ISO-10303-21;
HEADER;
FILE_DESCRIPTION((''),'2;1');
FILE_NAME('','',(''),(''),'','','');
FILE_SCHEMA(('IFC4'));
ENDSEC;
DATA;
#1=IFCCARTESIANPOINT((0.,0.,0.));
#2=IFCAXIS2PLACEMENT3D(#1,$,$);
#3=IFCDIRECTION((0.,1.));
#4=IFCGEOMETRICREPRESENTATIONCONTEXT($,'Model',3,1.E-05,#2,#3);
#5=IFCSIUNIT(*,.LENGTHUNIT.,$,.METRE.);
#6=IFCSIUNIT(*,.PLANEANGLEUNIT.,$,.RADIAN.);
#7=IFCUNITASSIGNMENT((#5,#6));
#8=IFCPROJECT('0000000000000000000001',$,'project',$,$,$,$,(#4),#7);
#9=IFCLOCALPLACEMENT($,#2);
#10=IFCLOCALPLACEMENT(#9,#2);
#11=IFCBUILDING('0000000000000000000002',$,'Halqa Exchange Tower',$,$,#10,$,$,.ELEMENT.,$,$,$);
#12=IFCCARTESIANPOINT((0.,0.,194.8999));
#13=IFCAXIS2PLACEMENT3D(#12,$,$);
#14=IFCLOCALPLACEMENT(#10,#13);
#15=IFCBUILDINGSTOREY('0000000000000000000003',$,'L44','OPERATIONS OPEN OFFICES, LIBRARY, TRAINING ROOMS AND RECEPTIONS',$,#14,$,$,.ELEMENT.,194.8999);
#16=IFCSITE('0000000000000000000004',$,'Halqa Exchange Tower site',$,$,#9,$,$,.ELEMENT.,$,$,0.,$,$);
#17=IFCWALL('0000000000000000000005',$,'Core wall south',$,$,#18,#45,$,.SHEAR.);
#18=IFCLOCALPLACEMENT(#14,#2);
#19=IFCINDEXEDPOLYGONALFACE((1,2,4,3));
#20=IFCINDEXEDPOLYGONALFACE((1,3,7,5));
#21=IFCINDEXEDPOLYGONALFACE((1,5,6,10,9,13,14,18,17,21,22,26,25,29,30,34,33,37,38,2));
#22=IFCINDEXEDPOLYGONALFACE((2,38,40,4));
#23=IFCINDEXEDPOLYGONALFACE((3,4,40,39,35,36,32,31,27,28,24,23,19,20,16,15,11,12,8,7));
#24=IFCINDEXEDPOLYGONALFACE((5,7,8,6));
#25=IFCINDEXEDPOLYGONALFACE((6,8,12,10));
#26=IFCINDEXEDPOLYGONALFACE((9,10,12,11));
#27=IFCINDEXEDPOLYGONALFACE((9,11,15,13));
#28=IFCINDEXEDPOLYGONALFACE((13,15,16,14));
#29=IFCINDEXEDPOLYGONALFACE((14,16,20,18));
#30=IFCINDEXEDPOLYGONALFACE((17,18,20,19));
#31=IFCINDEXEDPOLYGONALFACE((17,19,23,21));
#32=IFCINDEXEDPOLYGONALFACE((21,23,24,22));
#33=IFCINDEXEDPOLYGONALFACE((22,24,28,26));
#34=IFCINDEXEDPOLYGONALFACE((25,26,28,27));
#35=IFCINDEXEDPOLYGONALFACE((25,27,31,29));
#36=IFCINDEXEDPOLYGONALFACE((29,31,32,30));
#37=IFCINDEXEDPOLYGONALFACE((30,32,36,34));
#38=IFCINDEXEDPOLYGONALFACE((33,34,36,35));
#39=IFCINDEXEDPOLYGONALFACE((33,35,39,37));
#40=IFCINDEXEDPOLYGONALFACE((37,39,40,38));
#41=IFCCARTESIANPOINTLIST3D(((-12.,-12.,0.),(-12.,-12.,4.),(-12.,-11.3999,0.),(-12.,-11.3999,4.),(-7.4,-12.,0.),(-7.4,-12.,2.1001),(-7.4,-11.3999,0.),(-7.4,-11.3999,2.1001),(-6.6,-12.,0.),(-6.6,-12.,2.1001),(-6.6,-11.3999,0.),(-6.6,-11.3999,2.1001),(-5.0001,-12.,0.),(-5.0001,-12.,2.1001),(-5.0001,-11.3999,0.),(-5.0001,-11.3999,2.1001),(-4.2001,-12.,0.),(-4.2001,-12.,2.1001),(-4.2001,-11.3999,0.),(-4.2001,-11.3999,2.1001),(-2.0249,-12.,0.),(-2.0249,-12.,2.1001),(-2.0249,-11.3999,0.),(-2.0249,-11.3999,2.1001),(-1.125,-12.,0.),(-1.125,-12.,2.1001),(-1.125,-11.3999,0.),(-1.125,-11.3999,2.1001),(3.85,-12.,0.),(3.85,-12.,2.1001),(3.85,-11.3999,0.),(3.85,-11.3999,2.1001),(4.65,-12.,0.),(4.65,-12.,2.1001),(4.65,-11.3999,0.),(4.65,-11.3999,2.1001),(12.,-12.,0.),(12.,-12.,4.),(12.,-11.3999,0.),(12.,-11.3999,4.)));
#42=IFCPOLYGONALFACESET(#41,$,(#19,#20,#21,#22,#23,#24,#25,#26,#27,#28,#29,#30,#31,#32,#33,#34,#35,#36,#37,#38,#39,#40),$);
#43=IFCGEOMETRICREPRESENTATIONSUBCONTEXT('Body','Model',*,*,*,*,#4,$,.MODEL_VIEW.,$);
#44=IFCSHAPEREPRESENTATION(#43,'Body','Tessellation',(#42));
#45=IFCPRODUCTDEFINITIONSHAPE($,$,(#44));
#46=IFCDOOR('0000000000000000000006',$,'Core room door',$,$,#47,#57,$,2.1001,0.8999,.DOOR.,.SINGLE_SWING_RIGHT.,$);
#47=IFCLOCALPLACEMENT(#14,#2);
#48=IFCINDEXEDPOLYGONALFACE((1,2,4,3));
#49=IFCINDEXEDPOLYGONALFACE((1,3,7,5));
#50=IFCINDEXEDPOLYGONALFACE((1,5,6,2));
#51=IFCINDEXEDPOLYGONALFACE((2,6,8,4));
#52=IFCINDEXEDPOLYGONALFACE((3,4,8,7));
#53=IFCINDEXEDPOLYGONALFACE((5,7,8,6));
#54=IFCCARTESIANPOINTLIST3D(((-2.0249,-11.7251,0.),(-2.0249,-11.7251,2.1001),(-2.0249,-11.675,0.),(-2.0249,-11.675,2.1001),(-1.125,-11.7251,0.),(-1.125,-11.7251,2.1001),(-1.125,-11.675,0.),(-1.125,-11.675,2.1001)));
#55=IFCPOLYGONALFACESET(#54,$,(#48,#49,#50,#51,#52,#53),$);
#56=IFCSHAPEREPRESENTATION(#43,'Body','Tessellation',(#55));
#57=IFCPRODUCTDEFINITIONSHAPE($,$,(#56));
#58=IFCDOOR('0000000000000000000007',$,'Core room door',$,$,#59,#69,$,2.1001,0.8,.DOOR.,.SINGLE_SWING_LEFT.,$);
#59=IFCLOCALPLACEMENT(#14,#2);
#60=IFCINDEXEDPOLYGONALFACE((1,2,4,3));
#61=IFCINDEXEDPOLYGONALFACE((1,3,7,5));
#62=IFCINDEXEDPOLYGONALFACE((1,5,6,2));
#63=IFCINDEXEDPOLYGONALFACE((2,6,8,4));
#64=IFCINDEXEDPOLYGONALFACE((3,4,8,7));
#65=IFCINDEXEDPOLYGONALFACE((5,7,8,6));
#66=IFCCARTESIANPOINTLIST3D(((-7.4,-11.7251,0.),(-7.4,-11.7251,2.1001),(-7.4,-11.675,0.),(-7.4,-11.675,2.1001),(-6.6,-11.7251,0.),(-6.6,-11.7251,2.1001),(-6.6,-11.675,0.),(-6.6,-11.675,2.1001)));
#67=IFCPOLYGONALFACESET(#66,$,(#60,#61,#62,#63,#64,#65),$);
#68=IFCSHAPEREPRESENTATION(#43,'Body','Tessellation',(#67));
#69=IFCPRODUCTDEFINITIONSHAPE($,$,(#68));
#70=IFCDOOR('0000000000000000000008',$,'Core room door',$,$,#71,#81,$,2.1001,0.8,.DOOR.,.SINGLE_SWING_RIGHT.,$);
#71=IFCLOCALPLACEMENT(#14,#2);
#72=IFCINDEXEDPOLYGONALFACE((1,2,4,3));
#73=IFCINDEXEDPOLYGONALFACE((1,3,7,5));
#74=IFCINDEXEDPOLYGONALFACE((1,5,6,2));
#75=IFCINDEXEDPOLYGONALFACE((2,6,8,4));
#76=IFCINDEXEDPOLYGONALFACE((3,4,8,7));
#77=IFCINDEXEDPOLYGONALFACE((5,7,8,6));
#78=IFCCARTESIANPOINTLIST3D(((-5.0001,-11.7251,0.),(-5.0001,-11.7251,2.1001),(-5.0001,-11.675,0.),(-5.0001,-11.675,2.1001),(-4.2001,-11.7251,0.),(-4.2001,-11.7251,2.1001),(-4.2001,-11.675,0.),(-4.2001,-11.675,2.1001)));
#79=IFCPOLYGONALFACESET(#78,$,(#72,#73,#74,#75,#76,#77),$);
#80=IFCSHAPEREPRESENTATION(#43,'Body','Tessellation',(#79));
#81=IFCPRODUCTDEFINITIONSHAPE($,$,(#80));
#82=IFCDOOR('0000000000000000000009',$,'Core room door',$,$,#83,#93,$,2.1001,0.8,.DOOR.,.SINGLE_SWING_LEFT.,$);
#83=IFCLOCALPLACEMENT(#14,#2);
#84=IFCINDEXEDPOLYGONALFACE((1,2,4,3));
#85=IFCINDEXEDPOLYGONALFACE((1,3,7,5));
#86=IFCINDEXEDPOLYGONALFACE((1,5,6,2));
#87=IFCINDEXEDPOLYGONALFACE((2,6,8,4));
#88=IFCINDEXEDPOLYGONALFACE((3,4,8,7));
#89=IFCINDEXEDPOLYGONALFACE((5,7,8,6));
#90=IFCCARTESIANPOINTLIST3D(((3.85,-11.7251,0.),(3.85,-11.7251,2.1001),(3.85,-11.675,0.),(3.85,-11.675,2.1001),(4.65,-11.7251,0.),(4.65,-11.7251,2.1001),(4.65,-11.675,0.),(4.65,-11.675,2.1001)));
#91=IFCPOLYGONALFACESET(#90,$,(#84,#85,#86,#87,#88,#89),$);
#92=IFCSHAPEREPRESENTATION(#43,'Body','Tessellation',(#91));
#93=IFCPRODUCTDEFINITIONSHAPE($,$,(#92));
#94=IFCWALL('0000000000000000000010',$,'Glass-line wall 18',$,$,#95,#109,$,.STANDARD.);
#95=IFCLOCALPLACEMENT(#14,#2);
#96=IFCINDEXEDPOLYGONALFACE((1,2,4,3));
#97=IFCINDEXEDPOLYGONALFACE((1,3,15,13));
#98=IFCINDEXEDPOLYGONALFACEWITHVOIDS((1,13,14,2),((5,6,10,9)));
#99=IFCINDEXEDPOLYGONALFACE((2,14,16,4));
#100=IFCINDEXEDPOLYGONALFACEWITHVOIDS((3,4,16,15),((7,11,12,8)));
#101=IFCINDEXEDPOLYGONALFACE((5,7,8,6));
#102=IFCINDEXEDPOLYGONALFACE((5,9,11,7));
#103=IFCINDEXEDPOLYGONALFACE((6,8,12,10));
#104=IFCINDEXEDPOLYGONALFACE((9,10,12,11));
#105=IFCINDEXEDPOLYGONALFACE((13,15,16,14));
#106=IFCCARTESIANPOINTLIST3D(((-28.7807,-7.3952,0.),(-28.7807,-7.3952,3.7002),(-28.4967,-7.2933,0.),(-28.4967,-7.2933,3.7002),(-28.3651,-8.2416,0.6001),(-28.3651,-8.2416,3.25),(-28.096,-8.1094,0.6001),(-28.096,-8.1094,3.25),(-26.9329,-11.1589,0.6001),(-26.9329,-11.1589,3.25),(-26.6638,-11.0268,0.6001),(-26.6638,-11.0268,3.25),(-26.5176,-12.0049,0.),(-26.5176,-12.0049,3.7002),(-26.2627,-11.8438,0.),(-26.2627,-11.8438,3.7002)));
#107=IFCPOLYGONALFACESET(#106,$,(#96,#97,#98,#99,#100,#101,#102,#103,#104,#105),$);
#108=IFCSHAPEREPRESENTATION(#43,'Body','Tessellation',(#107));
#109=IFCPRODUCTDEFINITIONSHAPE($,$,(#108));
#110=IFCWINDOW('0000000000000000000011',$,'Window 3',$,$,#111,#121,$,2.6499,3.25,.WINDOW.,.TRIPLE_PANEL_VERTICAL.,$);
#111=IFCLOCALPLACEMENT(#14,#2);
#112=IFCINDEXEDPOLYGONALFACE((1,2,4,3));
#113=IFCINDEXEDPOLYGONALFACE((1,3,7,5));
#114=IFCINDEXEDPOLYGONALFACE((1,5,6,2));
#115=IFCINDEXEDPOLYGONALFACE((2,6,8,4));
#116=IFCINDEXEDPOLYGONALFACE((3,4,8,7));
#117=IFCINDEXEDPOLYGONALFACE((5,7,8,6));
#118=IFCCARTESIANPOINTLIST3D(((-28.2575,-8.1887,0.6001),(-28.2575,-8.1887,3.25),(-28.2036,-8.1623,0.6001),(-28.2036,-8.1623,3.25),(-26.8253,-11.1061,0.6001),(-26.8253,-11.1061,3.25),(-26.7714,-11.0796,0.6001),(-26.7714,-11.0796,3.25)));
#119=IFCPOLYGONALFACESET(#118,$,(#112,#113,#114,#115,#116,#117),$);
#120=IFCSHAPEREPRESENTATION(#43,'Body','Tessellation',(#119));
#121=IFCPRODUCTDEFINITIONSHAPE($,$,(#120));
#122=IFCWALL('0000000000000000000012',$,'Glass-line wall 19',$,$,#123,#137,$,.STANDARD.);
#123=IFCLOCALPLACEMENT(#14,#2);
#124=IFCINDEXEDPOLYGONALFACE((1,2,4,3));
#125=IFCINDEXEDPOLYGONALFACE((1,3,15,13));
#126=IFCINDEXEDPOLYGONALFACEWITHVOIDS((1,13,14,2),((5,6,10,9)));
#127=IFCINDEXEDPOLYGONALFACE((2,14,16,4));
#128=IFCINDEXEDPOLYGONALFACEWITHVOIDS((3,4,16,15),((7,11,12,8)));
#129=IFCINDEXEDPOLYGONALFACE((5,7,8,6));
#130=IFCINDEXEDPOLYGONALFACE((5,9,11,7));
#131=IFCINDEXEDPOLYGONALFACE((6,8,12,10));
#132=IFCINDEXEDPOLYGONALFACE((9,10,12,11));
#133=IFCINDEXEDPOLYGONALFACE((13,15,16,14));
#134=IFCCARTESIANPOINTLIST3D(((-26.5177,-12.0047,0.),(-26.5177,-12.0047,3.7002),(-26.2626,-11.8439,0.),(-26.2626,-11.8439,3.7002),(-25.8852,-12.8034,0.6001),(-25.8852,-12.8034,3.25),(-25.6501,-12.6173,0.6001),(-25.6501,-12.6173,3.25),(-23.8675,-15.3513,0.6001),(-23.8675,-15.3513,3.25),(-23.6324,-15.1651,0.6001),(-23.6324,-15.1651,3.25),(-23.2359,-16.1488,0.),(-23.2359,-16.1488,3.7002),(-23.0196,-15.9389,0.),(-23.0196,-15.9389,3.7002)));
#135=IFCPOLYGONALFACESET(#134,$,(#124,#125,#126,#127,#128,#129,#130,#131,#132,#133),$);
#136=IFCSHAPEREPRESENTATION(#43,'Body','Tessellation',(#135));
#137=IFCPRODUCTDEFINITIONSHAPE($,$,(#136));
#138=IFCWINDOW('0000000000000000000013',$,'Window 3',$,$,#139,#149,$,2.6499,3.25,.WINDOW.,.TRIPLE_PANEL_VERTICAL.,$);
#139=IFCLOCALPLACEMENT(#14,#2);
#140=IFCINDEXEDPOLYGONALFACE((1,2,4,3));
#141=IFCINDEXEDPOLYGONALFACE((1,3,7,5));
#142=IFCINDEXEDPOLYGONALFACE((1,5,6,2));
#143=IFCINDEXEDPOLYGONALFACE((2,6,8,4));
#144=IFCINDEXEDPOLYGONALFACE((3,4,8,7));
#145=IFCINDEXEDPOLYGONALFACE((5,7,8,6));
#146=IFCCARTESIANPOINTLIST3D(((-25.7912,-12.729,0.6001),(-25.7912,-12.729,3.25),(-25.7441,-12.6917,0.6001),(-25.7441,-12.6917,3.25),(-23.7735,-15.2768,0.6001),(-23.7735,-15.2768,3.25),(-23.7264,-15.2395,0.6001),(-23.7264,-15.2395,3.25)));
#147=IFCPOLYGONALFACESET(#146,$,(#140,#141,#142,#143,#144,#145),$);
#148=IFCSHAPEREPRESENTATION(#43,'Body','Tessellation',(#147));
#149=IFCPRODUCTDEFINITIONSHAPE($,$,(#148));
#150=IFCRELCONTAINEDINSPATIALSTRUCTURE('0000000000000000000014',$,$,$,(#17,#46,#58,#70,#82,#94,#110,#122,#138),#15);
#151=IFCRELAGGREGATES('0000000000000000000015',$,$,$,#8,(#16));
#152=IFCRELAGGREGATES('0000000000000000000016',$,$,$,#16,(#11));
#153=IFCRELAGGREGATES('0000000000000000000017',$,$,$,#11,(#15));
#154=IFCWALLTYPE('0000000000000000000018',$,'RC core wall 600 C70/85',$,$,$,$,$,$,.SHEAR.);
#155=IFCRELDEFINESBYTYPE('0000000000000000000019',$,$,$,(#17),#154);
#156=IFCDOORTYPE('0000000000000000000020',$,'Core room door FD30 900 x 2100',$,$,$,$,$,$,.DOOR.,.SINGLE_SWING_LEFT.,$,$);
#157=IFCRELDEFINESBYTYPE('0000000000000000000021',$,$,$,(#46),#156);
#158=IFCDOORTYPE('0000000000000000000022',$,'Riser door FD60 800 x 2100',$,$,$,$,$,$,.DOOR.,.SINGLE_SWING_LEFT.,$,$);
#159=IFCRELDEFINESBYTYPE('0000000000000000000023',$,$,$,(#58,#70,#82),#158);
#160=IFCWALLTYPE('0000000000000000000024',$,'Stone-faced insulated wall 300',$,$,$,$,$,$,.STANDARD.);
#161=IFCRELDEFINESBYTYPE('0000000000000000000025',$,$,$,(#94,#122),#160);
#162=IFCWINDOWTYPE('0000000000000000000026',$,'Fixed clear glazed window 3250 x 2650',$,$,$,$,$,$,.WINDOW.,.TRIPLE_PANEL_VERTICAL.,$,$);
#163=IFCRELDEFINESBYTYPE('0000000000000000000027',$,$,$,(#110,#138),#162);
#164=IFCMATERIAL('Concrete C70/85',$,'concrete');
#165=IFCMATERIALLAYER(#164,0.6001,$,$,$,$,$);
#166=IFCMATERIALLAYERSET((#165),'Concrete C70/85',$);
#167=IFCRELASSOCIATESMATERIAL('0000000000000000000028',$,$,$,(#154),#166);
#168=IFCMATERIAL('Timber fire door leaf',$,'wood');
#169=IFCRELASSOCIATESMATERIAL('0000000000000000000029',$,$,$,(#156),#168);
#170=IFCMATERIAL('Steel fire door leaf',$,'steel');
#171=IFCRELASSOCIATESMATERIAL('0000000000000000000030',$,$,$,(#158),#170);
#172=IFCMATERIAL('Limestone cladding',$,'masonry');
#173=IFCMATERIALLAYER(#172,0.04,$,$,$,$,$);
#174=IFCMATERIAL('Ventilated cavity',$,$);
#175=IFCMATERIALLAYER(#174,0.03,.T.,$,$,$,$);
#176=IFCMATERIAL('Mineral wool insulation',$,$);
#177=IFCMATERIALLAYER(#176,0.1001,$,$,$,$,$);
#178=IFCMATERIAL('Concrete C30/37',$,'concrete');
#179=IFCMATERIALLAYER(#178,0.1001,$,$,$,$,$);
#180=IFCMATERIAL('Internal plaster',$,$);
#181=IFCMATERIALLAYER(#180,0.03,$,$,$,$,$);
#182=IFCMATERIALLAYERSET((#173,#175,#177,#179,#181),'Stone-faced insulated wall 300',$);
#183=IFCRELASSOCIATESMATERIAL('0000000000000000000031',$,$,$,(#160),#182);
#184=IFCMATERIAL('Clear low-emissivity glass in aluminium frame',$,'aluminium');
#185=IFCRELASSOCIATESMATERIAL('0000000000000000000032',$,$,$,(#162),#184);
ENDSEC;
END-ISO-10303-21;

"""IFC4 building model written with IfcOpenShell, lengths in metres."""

from ifc_helpers import new_model, si_unit, direction, frame, frame_2d, origin, place, context, subcontext, project, spatial, polyline, rectangle, outline, extrude, material, layer, layer_set, type_object, element, fill, save


model = new_model("IFC4")

# Units and contexts
model_context = context("Model", 3, precision=1e-05, world=origin(), true_north=direction((0.0, 1.0)))
body_context = subcontext(model_context, "Body", "Model", "MODEL_VIEW")
ifc_project = project(units=[si_unit("LENGTHUNIT", "METRE"), si_unit("PLANEANGLEUNIT", "RADIAN")], contexts=[model_context])

# Site, building, storey
site_placement = place(None, origin())
site = spatial("IfcSite", under=ifc_project, at=site_placement, Name="Halqa Exchange Tower site", CompositionType="ELEMENT", RefElevation=0.0)
building_placement = place(site_placement, origin())
building = spatial("IfcBuilding", under=site, at=building_placement, Name="Halqa Exchange Tower", CompositionType="ELEMENT")
storey_placement = place(building_placement, frame((0.0, 0.0, 194.8999)))
storey = spatial("IfcBuildingStorey", under=building, at=storey_placement, Name="L44", Description="OPERATIONS OPEN OFFICES, LIBRARY, TRAINING ROOMS AND RECEPTIONS", CompositionType="ELEMENT", Elevation=194.8999)

# Shared definitions
ifc_material_1 = material(Name="Steel fire door leaf", Category="steel")

# Wall, openings, doors
ifc_material_2 = material(Name="Concrete C70/85", Category="concrete")
ifc_layer_1 = layer(ifc_material_2, 0.6001)
ifc_layer_set_1 = layer_set([ifc_layer_1], Name="Concrete C70/85")
wall_type_1 = type_object("IfcWallType", Name="RC core wall 600 C70/85", PredefinedType="SHEAR", material=ifc_layer_set_1)
wall_1_placement = place(storey_placement, frame((-12.0, -11.7, 0.0), z_axis=(0.0, 0.0, 1.0), x_axis=(1.0, 0.0, 0.0)))
wall_1 = element("IfcWall", 1, at=wall_1_placement, inside=storey, type_object=wall_type_1, Name="Core wall south", PredefinedType="SHEAR", context=body_context, shape_type="SweptSolid", body=[
    extrude(rectangle(XDim=24.0, YDim=0.6001, at=frame_2d((12.0, 0.0))), origin(), (0.0, 0.0, 1.0), 4.0),
])
opening_1_placement = place(wall_1_placement, frame((9.9751, 0.0, 0.0)))
opening_1 = element("IfcOpeningElement", 2, at=opening_1_placement, cuts=wall_1, PredefinedType="OPENING", context=body_context, shape_type="SweptSolid", body=[
    extrude(rectangle(XDim=0.8999, YDim=2.1001, at=frame_2d((0.45, 1.05))), frame((0.0, 0.312, 0.0), z_axis=(0.0, -1.0, 0.0), x_axis=(1.0, 0.0, 0.0)), (0.0, 0.0, 1.0), 0.624),
])
opening_2_placement = place(wall_1_placement, frame((4.6001, 0.0, 0.0)))
opening_2 = element("IfcOpeningElement", 3, at=opening_2_placement, cuts=wall_1, PredefinedType="OPENING", context=body_context, shape_type="SweptSolid", body=[
    extrude(rectangle(XDim=0.8, YDim=2.1001, at=frame_2d((0.3999, 1.05))), frame((0.0, 0.312, 0.0), z_axis=(0.0, -1.0, 0.0), x_axis=(1.0, 0.0, 0.0)), (0.0, 0.0, 1.0), 0.624),
])
opening_3_placement = place(wall_1_placement, frame((7.0, 0.0, 0.0)))
opening_3 = element("IfcOpeningElement", 4, at=opening_3_placement, cuts=wall_1, PredefinedType="OPENING", context=body_context, shape_type="SweptSolid", body=[
    extrude(rectangle(XDim=0.8, YDim=2.1001, at=frame_2d((0.3999, 1.05))), frame((0.0, 0.312, 0.0), z_axis=(0.0, -1.0, 0.0), x_axis=(1.0, 0.0, 0.0)), (0.0, 0.0, 1.0), 0.624),
])
opening_4_placement = place(wall_1_placement, frame((15.8501, 0.0, 0.0)))
opening_4 = element("IfcOpeningElement", 5, at=opening_4_placement, cuts=wall_1, PredefinedType="OPENING", context=body_context, shape_type="SweptSolid", body=[
    extrude(rectangle(XDim=0.8, YDim=2.1001, at=frame_2d((0.3999, 1.05))), frame((0.0, 0.312, 0.0), z_axis=(0.0, -1.0, 0.0), x_axis=(1.0, 0.0, 0.0)), (0.0, 0.0, 1.0), 0.624),
])
ifc_material_3 = material(Name="Timber fire door leaf", Category="wood")
door_type_1 = type_object("IfcDoorType", Name="Core room door FD30 900 x 2100", OperationType="SINGLE_SWING_LEFT", PredefinedType="DOOR", material=ifc_material_3)
door_1_placement = place(opening_1_placement, origin())
door_1 = element("IfcDoor", 6, at=door_1_placement, inside=storey, type_object=door_type_1, Name="Core room door", OperationType="SINGLE_SWING_RIGHT", OverallHeight=2.1001, OverallWidth=0.8999, PredefinedType="DOOR", context=body_context, shape_type="SweptSolid", body=[
    extrude(rectangle(XDim=0.8999, YDim=2.1001, at=frame_2d((0.45, 1.05))), frame((0.0, 0.0249, 0.0), z_axis=(0.0, -1.0, 0.0), x_axis=(1.0, 0.0, 0.0)), (0.0, 0.0, 1.0), 0.05),
])
fill(opening_1, door_1)
door_type_2 = type_object("IfcDoorType", Name="Riser door FD60 800 x 2100", OperationType="SINGLE_SWING_LEFT", PredefinedType="DOOR", material=ifc_material_1)
door_2_placement = place(opening_2_placement, origin())
door_2 = element("IfcDoor", 7, at=door_2_placement, inside=storey, type_object=door_type_2, Name="Core room door", OperationType="SINGLE_SWING_LEFT", OverallHeight=2.1001, OverallWidth=0.8, PredefinedType="DOOR", context=body_context, shape_type="SweptSolid", body=[
    extrude(rectangle(XDim=0.8, YDim=2.1001, at=frame_2d((0.3999, 1.05))), frame((0.0, 0.0249, 0.0), z_axis=(0.0, -1.0, 0.0), x_axis=(1.0, 0.0, 0.0)), (0.0, 0.0, 1.0), 0.05),
])
fill(opening_2, door_2)
door_3_placement = place(opening_3_placement, origin())
door_3 = element("IfcDoor", 8, at=door_3_placement, inside=storey, type_object=door_type_2, Name="Core room door", OperationType="SINGLE_SWING_RIGHT", OverallHeight=2.1001, OverallWidth=0.8, PredefinedType="DOOR", context=body_context, shape_type="SweptSolid", body=[
    extrude(rectangle(XDim=0.8, YDim=2.1001, at=frame_2d((0.3999, 1.05))), frame((0.0, 0.0249, 0.0), z_axis=(0.0, -1.0, 0.0), x_axis=(1.0, 0.0, 0.0)), (0.0, 0.0, 1.0), 0.05),
])
fill(opening_3, door_3)
door_4_placement = place(opening_4_placement, origin())
door_4 = element("IfcDoor", 9, at=door_4_placement, inside=storey, type_object=door_type_2, Name="Core room door", OperationType="SINGLE_SWING_LEFT", OverallHeight=2.1001, OverallWidth=0.8, PredefinedType="DOOR", context=body_context, shape_type="SweptSolid", body=[
    extrude(rectangle(XDim=0.8, YDim=2.1001, at=frame_2d((0.3999, 1.05))), frame((0.0, 0.0249, 0.0), z_axis=(0.0, -1.0, 0.0), x_axis=(1.0, 0.0, 0.0)), (0.0, 0.0, 1.0), 0.05),
])
fill(opening_4, door_4)

# Walls, openings, windows
ifc_material_4 = material(Name="Limestone cladding", Category="masonry")
ifc_layer_2 = layer(ifc_material_4, 0.04)
ifc_material_5 = material(Name="Ventilated cavity")
ifc_layer_3 = layer(ifc_material_5, 0.03, ventilated=True)
ifc_material_6 = material(Name="Mineral wool insulation")
ifc_layer_4 = layer(ifc_material_6, 0.1001)
ifc_material_7 = material(Name="Concrete C30/37", Category="concrete")
ifc_layer_5 = layer(ifc_material_7, 0.1001)
ifc_material_8 = material(Name="Internal plaster")
ifc_layer_6 = layer(ifc_material_8, 0.03)
ifc_layer_set_2 = layer_set([ifc_layer_2, ifc_layer_3, ifc_layer_4, ifc_layer_5, ifc_layer_6], Name="Stone-faced insulated wall 300")
wall_type_2 = type_object("IfcWallType", Name="Stone-faced insulated wall 300", PredefinedType="STANDARD", material=ifc_layer_set_2)
wall_2_placement = place(storey_placement, frame((-28.6387, -7.3442, 0.0), z_axis=(0.0, 0.0, 1.0), x_axis=(0.440694, -0.897657, 0.0)))
wall_2 = element("IfcWall", 10, at=wall_2_placement, inside=storey, type_object=wall_type_2, Name="Glass-line wall 18", PredefinedType="STANDARD", context=body_context, shape_type="SweptSolid", body=[
    extrude(outline(polyline([(-0.0168, -0.1499), (5.1184, -0.1499), (5.0862, 0.1499), (0.0168, 0.1499), (-0.0168, -0.1499)])), origin(), (0.0, 0.0, 1.0), 3.7002),
])
opening_5_placement = place(wall_2_placement, frame((0.926, 0.0, 0.6001)))
opening_5 = element("IfcOpeningElement", 11, at=opening_5_placement, cuts=wall_2, PredefinedType="OPENING", context=body_context, shape_type="SweptSolid", body=[
    extrude(rectangle(XDim=3.25, YDim=2.6499, at=frame_2d((1.625, 1.325))), frame((0.0, 0.1621, 0.0), z_axis=(0.0, -1.0, 0.0), x_axis=(1.0, 0.0, 0.0)), (0.0, 0.0, 1.0), 0.324),
])
ifc_material_9 = material(Name="Clear low-emissivity glass in aluminium frame", Category="aluminium")
window_type = type_object("IfcWindowType", Name="Fixed clear glazed window 3250 x 2650", PartitioningType="TRIPLE_PANEL_VERTICAL", PredefinedType="WINDOW", material=ifc_material_9)
window_1_placement = place(opening_5_placement, origin())
window_1 = element("IfcWindow", 12, at=window_1_placement, inside=storey, type_object=window_type, Name="Window 3", OverallHeight=2.6499, OverallWidth=3.25, PartitioningType="TRIPLE_PANEL_VERTICAL", PredefinedType="WINDOW", context=body_context, shape_type="SweptSolid", body=[
    extrude(rectangle(XDim=3.25, YDim=2.6499, at=frame_2d((1.625, 1.325))), frame((0.0, 0.03, 0.0), z_axis=(0.0, -1.0, 0.0), x_axis=(1.0, 0.0, 0.0)), (0.0, 0.0, 1.0), 0.0601),
])
fill(opening_5, window_1)
wall_3_placement = place(storey_placement, frame((-26.3901, -11.9243, 0.0), z_axis=(0.0, 0.0, 1.0), x_axis=(0.620829, -0.783946, 0.0)))
wall_3 = element("IfcWall", 13, at=wall_3_placement, inside=storey, type_object=wall_type_2, Name="Glass-line wall 19", PredefinedType="STANDARD", context=body_context, shape_type="SweptSolid", body=[
    extrude(outline(polyline([(-0.0161, -0.1499), (5.27, -0.1499), (5.2397, 0.1499), (0.0161, 0.1499), (-0.0161, -0.1499)])), origin(), (0.0, 0.0, 1.0), 3.7002),
])
opening_6_placement = place(wall_3_placement, frame((1.0027, 0.0, 0.6001)))
opening_6 = element("IfcOpeningElement", 14, at=opening_6_placement, cuts=wall_3, PredefinedType="OPENING", context=body_context, shape_type="SweptSolid", body=[
    extrude(rectangle(XDim=3.25, YDim=2.6499, at=frame_2d((1.625, 1.325))), frame((0.0, 0.1621, 0.0), z_axis=(0.0, -1.0, 0.0), x_axis=(1.0, 0.0, 0.0)), (0.0, 0.0, 1.0), 0.324),
])
window_2_placement = place(opening_6_placement, origin())
window_2 = element("IfcWindow", 15, at=window_2_placement, inside=storey, type_object=window_type, Name="Window 3", OverallHeight=2.6499, OverallWidth=3.25, PartitioningType="TRIPLE_PANEL_VERTICAL", PredefinedType="WINDOW", context=body_context, shape_type="SweptSolid", body=[
    extrude(rectangle(XDim=3.25, YDim=2.6499, at=frame_2d((1.625, 1.325))), frame((0.0, 0.03, 0.0), z_axis=(0.0, -1.0, 0.0), x_axis=(1.0, 0.0, 0.0)), (0.0, 0.0, 1.0), 0.0601),
])
fill(opening_6, window_2)

save(model, "model.ifc")
